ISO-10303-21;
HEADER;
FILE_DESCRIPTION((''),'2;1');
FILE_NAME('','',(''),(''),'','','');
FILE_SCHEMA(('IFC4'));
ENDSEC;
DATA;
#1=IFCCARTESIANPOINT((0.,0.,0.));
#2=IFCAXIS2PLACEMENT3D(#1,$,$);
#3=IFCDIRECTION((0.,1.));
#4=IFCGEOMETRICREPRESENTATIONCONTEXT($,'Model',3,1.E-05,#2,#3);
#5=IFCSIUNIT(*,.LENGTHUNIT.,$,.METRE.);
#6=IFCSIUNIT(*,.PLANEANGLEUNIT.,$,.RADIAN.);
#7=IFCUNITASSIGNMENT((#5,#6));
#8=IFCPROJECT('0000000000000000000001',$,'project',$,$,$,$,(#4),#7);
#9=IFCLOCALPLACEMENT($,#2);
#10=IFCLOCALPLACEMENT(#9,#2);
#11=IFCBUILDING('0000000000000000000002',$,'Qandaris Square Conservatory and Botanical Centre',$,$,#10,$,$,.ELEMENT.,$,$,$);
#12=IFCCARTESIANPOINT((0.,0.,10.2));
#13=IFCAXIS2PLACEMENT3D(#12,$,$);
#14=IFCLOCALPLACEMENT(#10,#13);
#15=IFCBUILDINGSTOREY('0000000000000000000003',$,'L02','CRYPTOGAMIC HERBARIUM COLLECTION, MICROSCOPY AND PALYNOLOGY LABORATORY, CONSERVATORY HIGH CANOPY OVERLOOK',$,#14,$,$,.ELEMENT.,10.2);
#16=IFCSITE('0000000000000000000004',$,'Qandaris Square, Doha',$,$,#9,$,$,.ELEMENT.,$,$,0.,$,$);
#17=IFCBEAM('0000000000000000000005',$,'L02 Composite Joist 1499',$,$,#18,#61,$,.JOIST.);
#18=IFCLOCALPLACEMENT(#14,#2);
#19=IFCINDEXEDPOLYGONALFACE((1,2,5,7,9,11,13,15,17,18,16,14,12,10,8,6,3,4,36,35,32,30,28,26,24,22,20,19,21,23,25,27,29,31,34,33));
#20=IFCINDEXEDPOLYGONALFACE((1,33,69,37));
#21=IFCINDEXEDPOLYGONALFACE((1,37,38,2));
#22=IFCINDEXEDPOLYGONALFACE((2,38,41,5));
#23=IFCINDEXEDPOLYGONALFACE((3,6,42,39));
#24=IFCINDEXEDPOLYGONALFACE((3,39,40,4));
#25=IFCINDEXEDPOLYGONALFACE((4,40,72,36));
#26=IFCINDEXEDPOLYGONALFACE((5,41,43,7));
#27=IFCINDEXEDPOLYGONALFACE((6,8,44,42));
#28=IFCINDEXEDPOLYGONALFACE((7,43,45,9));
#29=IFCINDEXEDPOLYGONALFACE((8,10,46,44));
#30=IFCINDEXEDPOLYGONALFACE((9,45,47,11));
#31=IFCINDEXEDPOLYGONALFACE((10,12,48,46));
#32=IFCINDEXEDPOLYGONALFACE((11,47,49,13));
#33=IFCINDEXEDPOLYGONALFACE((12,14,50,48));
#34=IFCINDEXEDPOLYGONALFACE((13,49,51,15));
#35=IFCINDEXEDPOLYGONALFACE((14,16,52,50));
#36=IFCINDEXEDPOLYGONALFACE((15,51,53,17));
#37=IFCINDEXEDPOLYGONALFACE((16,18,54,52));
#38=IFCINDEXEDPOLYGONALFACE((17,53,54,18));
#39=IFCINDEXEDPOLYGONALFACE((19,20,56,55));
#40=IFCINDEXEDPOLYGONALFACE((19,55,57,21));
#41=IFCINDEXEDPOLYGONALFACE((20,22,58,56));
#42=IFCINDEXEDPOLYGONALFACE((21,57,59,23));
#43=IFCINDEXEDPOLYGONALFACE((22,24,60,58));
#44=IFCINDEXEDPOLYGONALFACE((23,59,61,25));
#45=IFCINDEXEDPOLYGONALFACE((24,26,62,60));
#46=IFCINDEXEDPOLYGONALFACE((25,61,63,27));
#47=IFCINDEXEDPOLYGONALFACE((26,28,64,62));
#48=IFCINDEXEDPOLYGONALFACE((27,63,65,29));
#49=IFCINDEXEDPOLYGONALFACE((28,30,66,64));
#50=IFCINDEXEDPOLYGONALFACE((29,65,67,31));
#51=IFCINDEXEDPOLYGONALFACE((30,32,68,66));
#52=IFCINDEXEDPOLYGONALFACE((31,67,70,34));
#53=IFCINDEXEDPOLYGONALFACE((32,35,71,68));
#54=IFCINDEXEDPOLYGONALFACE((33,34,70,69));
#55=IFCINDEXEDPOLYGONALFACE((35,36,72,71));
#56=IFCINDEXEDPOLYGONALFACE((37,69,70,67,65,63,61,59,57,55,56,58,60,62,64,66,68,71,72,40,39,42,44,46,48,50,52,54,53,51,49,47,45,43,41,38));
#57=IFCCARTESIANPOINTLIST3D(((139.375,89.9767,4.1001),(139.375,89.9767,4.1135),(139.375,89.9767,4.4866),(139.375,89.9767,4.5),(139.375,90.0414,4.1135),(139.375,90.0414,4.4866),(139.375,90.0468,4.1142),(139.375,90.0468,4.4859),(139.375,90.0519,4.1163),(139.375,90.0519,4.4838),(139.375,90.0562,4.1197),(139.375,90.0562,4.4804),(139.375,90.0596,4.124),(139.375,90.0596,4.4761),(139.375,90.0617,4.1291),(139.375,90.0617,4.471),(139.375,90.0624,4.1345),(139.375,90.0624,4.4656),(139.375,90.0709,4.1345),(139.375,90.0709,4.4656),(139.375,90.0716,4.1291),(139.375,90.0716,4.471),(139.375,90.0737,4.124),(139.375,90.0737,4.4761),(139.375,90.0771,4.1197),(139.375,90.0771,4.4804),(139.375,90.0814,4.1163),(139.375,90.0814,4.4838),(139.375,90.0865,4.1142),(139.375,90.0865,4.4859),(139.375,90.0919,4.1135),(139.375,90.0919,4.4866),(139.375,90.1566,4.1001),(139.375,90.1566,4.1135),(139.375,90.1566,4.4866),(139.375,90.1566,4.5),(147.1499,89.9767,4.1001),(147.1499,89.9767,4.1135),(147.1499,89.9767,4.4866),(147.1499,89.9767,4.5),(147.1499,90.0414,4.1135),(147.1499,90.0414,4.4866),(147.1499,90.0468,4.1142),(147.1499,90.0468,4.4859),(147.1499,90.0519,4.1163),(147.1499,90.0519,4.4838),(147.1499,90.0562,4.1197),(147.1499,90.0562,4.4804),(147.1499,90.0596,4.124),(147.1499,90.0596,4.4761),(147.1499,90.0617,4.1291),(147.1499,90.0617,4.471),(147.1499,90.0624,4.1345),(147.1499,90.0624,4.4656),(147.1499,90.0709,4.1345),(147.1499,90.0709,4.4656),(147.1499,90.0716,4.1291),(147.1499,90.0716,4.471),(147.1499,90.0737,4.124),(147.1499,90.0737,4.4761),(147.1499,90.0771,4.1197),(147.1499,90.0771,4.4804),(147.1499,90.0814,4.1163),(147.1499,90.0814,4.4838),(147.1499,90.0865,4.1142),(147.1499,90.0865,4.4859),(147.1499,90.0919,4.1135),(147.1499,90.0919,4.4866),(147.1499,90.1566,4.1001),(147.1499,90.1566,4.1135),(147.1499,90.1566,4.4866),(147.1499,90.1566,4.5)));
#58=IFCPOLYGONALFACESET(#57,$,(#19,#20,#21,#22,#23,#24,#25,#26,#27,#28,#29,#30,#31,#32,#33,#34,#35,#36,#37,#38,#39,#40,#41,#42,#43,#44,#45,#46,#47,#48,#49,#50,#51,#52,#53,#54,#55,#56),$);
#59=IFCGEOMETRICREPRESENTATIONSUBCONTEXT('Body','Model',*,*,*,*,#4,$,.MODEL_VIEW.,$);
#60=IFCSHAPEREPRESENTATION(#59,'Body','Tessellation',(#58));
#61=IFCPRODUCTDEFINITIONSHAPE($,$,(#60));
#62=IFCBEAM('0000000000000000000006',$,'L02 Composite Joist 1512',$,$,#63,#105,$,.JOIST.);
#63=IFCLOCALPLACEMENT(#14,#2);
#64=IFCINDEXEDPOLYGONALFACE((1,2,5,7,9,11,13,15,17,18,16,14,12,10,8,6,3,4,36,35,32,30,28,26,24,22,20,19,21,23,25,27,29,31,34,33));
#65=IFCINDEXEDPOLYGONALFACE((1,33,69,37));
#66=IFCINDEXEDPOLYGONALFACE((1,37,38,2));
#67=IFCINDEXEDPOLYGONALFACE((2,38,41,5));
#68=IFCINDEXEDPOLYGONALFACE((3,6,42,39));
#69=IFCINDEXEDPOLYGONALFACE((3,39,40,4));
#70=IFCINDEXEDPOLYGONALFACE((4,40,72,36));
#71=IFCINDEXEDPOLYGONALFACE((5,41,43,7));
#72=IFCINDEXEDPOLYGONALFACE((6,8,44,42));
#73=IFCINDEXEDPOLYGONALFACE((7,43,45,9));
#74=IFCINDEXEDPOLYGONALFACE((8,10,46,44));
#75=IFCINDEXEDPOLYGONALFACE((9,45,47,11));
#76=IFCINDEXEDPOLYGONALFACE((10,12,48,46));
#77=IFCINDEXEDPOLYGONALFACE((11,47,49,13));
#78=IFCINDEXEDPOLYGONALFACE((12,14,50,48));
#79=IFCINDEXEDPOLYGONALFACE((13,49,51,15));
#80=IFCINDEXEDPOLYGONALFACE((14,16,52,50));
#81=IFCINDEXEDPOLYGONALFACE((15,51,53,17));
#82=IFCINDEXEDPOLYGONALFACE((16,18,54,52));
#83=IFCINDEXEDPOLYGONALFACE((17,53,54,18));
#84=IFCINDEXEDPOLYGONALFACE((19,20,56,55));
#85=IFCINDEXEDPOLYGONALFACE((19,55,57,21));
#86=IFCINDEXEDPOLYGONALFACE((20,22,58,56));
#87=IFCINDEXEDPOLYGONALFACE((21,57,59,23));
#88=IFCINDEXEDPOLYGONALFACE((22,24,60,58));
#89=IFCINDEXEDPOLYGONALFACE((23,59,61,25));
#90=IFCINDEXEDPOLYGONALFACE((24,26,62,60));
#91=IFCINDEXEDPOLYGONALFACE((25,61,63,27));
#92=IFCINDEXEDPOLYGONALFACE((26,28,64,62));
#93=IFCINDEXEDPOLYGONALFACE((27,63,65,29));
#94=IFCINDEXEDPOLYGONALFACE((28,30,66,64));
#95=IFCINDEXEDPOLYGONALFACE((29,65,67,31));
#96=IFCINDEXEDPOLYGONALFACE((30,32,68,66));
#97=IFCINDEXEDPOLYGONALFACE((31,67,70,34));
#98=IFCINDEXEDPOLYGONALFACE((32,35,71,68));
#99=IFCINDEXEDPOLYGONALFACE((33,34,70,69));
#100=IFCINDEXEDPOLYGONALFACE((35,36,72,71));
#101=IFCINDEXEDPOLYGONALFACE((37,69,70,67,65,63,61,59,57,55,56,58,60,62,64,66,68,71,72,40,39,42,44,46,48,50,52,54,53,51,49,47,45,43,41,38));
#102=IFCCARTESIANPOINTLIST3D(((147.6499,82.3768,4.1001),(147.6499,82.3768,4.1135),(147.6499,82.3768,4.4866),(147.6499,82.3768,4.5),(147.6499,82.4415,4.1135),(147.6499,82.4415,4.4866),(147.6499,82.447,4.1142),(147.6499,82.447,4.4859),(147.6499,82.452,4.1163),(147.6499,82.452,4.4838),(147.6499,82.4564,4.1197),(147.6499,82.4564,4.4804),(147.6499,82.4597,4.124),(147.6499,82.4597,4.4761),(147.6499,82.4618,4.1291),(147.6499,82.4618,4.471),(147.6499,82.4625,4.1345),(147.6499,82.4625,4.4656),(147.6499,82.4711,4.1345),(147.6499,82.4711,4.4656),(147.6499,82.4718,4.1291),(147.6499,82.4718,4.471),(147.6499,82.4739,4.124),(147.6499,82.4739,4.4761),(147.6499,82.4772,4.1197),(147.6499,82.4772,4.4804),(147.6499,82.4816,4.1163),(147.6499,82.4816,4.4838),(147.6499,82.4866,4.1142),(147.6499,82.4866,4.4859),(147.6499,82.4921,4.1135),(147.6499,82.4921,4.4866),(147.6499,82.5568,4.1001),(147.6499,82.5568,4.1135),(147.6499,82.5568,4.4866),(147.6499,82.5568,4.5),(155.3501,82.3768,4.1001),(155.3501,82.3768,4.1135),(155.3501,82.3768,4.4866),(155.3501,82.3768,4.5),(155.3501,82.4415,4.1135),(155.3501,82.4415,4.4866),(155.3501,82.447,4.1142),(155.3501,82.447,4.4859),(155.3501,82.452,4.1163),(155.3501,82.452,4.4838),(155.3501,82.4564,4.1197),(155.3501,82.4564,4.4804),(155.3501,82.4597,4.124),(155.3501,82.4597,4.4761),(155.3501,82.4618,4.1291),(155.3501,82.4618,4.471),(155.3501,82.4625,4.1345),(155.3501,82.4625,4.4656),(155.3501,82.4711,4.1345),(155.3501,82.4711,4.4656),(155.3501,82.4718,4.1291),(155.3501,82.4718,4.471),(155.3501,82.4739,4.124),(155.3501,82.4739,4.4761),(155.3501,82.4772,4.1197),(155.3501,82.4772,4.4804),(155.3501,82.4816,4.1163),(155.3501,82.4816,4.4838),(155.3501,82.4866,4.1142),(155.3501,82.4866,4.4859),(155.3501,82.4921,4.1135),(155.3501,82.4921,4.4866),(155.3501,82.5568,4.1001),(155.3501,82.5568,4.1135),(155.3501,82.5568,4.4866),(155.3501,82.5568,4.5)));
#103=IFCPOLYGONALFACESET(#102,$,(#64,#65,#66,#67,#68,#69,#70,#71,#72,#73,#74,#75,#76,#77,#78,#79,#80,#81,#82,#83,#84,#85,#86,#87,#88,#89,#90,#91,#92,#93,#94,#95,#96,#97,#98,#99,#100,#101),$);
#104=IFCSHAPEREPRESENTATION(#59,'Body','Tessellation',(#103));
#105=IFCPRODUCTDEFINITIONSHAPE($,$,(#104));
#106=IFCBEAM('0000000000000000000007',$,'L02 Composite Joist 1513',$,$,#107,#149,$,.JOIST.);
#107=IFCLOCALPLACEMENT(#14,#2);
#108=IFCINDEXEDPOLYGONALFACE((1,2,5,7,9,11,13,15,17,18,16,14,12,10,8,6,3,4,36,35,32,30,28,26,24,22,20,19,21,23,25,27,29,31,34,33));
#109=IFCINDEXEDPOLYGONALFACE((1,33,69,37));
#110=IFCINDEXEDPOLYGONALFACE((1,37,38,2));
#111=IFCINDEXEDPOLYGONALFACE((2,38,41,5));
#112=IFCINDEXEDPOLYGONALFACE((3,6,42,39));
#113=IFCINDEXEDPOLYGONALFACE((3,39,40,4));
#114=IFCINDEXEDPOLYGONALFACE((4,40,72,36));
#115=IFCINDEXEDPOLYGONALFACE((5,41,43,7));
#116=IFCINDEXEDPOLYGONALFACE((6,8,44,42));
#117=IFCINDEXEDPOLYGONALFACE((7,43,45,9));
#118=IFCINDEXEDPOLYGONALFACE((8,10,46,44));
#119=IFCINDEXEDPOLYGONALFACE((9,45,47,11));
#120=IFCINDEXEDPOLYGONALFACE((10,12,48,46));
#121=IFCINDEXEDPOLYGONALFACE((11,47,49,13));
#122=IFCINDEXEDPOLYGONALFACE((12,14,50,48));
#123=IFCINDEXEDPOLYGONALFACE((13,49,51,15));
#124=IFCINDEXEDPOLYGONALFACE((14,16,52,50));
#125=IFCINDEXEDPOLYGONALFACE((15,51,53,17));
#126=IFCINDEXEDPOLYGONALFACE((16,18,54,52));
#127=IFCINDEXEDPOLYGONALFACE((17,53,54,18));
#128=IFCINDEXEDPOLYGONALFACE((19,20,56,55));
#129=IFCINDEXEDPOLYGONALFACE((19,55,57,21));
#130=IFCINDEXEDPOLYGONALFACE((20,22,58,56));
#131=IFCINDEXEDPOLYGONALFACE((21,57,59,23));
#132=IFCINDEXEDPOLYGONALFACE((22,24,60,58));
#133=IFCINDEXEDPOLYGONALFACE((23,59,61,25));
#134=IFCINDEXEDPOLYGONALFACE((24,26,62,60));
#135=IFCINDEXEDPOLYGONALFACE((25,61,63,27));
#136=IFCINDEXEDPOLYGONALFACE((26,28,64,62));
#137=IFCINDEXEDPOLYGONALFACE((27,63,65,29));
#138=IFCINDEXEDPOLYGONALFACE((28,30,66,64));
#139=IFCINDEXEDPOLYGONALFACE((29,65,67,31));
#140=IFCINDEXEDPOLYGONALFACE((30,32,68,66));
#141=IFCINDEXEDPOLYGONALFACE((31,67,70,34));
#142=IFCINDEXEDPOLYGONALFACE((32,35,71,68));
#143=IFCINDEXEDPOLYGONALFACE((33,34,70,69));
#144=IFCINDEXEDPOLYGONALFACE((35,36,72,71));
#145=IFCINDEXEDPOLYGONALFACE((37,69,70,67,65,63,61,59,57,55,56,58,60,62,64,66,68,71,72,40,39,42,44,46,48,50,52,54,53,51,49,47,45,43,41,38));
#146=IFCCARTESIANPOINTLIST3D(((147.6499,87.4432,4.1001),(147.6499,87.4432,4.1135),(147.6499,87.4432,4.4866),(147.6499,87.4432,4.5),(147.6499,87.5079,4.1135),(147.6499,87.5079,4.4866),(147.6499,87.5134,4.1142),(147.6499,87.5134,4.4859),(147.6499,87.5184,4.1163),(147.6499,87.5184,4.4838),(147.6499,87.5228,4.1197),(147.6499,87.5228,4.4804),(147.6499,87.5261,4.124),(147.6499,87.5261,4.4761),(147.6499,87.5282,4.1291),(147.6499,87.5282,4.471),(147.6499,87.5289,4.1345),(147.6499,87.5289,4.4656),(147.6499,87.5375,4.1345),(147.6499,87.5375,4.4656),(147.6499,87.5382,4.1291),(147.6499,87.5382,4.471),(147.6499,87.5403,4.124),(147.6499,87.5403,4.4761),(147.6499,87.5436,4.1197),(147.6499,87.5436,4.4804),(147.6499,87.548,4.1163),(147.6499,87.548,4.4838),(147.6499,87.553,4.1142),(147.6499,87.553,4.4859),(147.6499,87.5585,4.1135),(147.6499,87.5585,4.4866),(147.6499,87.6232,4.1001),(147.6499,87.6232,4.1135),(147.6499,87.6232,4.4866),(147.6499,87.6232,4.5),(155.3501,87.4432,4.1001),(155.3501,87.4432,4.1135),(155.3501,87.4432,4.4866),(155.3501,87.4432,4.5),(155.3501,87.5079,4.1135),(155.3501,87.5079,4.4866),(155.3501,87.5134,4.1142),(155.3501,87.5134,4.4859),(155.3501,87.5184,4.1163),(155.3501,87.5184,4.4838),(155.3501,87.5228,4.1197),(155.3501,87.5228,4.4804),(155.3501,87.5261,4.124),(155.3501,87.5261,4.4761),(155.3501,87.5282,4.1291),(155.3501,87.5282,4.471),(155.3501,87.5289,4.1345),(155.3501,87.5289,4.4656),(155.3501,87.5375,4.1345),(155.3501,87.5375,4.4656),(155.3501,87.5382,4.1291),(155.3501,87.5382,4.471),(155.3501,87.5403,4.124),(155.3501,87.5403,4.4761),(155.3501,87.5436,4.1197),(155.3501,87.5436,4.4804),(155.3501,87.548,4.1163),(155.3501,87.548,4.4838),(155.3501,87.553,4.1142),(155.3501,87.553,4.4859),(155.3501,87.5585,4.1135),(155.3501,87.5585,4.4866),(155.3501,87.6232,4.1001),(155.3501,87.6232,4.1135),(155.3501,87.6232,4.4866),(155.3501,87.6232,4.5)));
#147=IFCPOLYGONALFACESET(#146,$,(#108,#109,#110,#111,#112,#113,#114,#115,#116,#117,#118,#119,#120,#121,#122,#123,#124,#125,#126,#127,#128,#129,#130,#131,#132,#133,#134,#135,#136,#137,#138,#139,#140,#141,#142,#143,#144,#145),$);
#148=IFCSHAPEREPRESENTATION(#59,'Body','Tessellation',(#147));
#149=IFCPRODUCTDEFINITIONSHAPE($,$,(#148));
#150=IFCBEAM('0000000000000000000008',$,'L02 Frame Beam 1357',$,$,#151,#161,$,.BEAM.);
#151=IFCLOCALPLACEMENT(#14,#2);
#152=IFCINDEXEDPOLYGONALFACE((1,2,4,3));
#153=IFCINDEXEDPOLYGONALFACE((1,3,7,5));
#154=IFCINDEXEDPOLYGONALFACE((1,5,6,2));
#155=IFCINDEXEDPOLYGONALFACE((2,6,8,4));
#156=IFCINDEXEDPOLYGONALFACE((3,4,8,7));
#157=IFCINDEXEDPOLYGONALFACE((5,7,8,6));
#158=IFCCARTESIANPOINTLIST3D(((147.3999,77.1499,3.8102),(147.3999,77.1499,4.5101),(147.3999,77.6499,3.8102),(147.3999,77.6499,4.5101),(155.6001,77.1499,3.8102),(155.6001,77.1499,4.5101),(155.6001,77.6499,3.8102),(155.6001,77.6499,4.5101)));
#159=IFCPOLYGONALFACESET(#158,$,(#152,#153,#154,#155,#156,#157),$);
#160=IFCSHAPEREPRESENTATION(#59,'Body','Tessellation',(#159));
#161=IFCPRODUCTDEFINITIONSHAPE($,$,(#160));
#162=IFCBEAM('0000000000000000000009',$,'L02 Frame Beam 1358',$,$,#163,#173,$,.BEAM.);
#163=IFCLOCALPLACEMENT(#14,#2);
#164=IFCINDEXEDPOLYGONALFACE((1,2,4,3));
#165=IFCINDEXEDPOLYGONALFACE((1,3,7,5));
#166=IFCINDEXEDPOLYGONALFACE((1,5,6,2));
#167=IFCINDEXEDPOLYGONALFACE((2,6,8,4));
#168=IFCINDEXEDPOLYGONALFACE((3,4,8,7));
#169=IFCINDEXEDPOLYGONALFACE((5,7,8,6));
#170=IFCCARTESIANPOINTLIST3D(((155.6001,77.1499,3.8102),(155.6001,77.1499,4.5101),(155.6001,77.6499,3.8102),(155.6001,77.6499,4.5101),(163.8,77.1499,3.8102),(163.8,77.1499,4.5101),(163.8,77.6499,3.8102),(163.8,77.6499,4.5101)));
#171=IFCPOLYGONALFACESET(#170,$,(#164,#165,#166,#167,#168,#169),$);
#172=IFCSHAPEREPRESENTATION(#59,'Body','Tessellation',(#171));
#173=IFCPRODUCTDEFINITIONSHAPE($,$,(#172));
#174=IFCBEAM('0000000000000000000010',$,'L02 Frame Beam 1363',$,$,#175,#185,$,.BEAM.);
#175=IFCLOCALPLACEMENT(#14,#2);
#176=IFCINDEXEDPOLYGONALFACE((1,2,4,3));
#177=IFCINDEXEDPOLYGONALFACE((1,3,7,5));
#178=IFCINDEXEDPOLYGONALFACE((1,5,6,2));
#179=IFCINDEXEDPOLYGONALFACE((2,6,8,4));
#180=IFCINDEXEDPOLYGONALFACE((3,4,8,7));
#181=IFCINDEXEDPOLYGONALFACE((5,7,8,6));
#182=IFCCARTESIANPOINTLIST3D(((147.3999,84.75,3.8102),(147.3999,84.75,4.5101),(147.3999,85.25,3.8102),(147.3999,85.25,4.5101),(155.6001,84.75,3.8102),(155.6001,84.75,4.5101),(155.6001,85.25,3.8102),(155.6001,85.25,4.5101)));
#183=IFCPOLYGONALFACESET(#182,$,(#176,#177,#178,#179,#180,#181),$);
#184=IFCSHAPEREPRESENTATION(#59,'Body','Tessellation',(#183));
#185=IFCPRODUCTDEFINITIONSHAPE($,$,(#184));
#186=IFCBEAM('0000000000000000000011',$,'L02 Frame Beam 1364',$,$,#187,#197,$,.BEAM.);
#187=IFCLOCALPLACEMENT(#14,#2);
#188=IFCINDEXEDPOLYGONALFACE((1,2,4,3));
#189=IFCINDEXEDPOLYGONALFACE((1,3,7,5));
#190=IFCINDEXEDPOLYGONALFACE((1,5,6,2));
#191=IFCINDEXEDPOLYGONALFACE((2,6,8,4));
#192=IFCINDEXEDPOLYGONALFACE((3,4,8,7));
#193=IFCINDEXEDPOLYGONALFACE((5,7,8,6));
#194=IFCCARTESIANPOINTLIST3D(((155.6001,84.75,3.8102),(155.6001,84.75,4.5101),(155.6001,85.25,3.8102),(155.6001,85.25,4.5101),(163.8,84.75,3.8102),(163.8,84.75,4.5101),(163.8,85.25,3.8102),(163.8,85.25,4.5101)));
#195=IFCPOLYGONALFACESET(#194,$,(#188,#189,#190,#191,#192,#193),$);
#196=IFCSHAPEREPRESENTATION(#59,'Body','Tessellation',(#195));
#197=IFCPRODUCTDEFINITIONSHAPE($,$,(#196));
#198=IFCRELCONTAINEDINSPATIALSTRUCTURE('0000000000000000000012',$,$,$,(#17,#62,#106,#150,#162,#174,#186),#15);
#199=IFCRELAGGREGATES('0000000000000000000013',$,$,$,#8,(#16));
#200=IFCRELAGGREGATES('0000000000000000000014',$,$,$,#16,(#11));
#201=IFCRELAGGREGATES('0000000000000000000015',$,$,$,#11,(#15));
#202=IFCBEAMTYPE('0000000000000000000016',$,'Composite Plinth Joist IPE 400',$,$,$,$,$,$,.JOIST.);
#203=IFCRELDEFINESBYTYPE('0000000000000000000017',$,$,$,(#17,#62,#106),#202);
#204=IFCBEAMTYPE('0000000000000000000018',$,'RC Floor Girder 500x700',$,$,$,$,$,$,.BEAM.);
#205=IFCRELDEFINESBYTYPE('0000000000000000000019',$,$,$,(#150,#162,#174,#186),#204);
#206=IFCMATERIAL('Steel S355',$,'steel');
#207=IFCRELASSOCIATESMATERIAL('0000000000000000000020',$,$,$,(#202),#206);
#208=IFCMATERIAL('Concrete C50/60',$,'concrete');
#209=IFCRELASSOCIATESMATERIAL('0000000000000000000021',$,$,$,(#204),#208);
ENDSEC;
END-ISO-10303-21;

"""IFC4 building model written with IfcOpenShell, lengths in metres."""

from ifc_helpers import new_model, si_unit, direction, frame, origin, origin_2d, place, context, subcontext, project, spatial, rectangle, i_section, extrude, material, material_profile, profile_set, type_object, element, save


model = new_model("IFC4")

# Units and contexts
model_context = context("Model", 3, precision=1e-05, world=origin(), true_north=direction((0.0, 1.0)))
body_context = subcontext(model_context, "Body", "Model", "MODEL_VIEW")
ifc_project = project(units=[si_unit("LENGTHUNIT", "METRE"), si_unit("PLANEANGLEUNIT", "RADIAN")], contexts=[model_context])

# Site, building, storey
site_placement = place(None, origin())
site = spatial("IfcSite", under=ifc_project, at=site_placement, Name="Qandaris Square, Doha", CompositionType="ELEMENT", RefElevation=0.0)
building_placement = place(site_placement, origin())
building = spatial("IfcBuilding", under=site, at=building_placement, Name="Qandaris Square Conservatory and Botanical Centre", CompositionType="ELEMENT")
storey_placement = place(building_placement, frame((0.0, 0.0, 10.2)))
storey = spatial("IfcBuildingStorey", under=building, at=storey_placement, Name="L02", Description="CRYPTOGAMIC HERBARIUM COLLECTION, MICROSCOPY AND PALYNOLOGY LABORATORY, CONSERVATORY HIGH CANOPY OVERLOOK", CompositionType="ELEMENT", Elevation=10.2)

# Shared definitions
ifc_material_1 = material(Name="Concrete C50/60", Category="concrete")

# Beams
ifc_material_2 = material(Name="Steel S355", Category="steel")
ifc_material_profile_1 = material_profile(ifc_material_2, i_section(OverallWidth=0.1799, OverallDepth=0.3999, WebThickness=0.0085, FlangeThickness=0.0134, FilletRadius=0.021, at=origin_2d()), Name="IPE 400")
ifc_profile_set_1 = profile_set([ifc_material_profile_1], Name="Steel S355")
beam_type_1 = type_object("IfcBeamType", Name="Composite Plinth Joist IPE 400", PredefinedType="JOIST", material=ifc_profile_set_1)
beam_1_placement = place(storey_placement, frame((139.375, 90.0667, 4.3), z_axis=(1.0, 0.0, 0.0), x_axis=(0.0, 1.0, 0.0)))
element("IfcBeam", 1, at=beam_1_placement, inside=storey, type_object=beam_type_1, Name="L02 Composite Joist 1499", PredefinedType="JOIST", context=body_context, shape_type="SweptSolid", body=[
    extrude(i_section(OverallWidth=0.1799, OverallDepth=0.3999, WebThickness=0.0085, FlangeThickness=0.0134, FilletRadius=0.021, at=origin_2d()), origin(), (0.0, 0.0, 1.0), 7.7749),
])
for number, where, z_axis, x_axis, name in (
    (2, (147.6499, 82.4668, 4.3), (1.0, 0.0, 0.0), (0.0, 1.0, 0.0), "L02 Composite Joist 1512"),
    (3, (147.6499, 87.5332, 4.3), (1.0, 0.0, 0.0), (0.0, 1.0, 0.0), "L02 Composite Joist 1513"),
):
    element("IfcBeam", number, at=place(storey_placement, frame(where, z_axis=z_axis, x_axis=x_axis)), inside=storey, type_object=beam_type_1, Name=name, PredefinedType="JOIST", context=body_context, shape_type="SweptSolid", body=[
        extrude(i_section(OverallWidth=0.1799, OverallDepth=0.3999, WebThickness=0.0085, FlangeThickness=0.0134, FilletRadius=0.021, at=origin_2d()), origin(), (0.0, 0.0, 1.0), 7.7002),
    ])
ifc_material_profile_2 = material_profile(ifc_material_1, rectangle(XDim=0.5, YDim=0.7, at=origin_2d()), Name="RC-BM 500x700")
ifc_profile_set_2 = profile_set([ifc_material_profile_2], Name="Concrete C50/60")
beam_type_2 = type_object("IfcBeamType", Name="RC Floor Girder 500x700", PredefinedType="BEAM", material=ifc_profile_set_2)
beam_2_placement = place(storey_placement, frame((147.3999, 77.3999, 4.1602), z_axis=(1.0, 0.0, 0.0), x_axis=(0.0, 1.0, 0.0)))
element("IfcBeam", 4, at=beam_2_placement, inside=storey, type_object=beam_type_2, Name="L02 Frame Beam 1357", PredefinedType="BEAM", context=body_context, shape_type="SweptSolid", body=[
    extrude(rectangle(XDim=0.5, YDim=0.7, at=origin_2d()), origin(), (0.0, 0.0, 1.0), 8.2002),
])
beam_3_placement = place(storey_placement, frame((155.6001, 77.3999, 4.1602), z_axis=(1.0, 0.0, 0.0), x_axis=(0.0, 1.0, 0.0)))
element("IfcBeam", 5, at=beam_3_placement, inside=storey, type_object=beam_type_2, Name="L02 Frame Beam 1358", PredefinedType="BEAM", context=body_context, shape_type="SweptSolid", body=[
    extrude(rectangle(XDim=0.5, YDim=0.7, at=origin_2d()), origin(), (0.0, 0.0, 1.0), 8.2),
])
beam_4_placement = place(storey_placement, frame((147.3999, 85.0, 4.1602), z_axis=(1.0, 0.0, 0.0), x_axis=(0.0, 1.0, 0.0)))
element("IfcBeam", 6, at=beam_4_placement, inside=storey, type_object=beam_type_2, Name="L02 Frame Beam 1363", PredefinedType="BEAM", context=body_context, shape_type="SweptSolid", body=[
    extrude(rectangle(XDim=0.5, YDim=0.7, at=origin_2d()), origin(), (0.0, 0.0, 1.0), 8.2002),
])
beam_5_placement = place(storey_placement, frame((155.6001, 85.0, 4.1602), z_axis=(1.0, 0.0, 0.0), x_axis=(0.0, 1.0, 0.0)))
element("IfcBeam", 7, at=beam_5_placement, inside=storey, type_object=beam_type_2, Name="L02 Frame Beam 1364", PredefinedType="BEAM", context=body_context, shape_type="SweptSolid", body=[
    extrude(rectangle(XDim=0.5, YDim=0.7, at=origin_2d()), origin(), (0.0, 0.0, 1.0), 8.2),
])

save(model, "model.ifc")
